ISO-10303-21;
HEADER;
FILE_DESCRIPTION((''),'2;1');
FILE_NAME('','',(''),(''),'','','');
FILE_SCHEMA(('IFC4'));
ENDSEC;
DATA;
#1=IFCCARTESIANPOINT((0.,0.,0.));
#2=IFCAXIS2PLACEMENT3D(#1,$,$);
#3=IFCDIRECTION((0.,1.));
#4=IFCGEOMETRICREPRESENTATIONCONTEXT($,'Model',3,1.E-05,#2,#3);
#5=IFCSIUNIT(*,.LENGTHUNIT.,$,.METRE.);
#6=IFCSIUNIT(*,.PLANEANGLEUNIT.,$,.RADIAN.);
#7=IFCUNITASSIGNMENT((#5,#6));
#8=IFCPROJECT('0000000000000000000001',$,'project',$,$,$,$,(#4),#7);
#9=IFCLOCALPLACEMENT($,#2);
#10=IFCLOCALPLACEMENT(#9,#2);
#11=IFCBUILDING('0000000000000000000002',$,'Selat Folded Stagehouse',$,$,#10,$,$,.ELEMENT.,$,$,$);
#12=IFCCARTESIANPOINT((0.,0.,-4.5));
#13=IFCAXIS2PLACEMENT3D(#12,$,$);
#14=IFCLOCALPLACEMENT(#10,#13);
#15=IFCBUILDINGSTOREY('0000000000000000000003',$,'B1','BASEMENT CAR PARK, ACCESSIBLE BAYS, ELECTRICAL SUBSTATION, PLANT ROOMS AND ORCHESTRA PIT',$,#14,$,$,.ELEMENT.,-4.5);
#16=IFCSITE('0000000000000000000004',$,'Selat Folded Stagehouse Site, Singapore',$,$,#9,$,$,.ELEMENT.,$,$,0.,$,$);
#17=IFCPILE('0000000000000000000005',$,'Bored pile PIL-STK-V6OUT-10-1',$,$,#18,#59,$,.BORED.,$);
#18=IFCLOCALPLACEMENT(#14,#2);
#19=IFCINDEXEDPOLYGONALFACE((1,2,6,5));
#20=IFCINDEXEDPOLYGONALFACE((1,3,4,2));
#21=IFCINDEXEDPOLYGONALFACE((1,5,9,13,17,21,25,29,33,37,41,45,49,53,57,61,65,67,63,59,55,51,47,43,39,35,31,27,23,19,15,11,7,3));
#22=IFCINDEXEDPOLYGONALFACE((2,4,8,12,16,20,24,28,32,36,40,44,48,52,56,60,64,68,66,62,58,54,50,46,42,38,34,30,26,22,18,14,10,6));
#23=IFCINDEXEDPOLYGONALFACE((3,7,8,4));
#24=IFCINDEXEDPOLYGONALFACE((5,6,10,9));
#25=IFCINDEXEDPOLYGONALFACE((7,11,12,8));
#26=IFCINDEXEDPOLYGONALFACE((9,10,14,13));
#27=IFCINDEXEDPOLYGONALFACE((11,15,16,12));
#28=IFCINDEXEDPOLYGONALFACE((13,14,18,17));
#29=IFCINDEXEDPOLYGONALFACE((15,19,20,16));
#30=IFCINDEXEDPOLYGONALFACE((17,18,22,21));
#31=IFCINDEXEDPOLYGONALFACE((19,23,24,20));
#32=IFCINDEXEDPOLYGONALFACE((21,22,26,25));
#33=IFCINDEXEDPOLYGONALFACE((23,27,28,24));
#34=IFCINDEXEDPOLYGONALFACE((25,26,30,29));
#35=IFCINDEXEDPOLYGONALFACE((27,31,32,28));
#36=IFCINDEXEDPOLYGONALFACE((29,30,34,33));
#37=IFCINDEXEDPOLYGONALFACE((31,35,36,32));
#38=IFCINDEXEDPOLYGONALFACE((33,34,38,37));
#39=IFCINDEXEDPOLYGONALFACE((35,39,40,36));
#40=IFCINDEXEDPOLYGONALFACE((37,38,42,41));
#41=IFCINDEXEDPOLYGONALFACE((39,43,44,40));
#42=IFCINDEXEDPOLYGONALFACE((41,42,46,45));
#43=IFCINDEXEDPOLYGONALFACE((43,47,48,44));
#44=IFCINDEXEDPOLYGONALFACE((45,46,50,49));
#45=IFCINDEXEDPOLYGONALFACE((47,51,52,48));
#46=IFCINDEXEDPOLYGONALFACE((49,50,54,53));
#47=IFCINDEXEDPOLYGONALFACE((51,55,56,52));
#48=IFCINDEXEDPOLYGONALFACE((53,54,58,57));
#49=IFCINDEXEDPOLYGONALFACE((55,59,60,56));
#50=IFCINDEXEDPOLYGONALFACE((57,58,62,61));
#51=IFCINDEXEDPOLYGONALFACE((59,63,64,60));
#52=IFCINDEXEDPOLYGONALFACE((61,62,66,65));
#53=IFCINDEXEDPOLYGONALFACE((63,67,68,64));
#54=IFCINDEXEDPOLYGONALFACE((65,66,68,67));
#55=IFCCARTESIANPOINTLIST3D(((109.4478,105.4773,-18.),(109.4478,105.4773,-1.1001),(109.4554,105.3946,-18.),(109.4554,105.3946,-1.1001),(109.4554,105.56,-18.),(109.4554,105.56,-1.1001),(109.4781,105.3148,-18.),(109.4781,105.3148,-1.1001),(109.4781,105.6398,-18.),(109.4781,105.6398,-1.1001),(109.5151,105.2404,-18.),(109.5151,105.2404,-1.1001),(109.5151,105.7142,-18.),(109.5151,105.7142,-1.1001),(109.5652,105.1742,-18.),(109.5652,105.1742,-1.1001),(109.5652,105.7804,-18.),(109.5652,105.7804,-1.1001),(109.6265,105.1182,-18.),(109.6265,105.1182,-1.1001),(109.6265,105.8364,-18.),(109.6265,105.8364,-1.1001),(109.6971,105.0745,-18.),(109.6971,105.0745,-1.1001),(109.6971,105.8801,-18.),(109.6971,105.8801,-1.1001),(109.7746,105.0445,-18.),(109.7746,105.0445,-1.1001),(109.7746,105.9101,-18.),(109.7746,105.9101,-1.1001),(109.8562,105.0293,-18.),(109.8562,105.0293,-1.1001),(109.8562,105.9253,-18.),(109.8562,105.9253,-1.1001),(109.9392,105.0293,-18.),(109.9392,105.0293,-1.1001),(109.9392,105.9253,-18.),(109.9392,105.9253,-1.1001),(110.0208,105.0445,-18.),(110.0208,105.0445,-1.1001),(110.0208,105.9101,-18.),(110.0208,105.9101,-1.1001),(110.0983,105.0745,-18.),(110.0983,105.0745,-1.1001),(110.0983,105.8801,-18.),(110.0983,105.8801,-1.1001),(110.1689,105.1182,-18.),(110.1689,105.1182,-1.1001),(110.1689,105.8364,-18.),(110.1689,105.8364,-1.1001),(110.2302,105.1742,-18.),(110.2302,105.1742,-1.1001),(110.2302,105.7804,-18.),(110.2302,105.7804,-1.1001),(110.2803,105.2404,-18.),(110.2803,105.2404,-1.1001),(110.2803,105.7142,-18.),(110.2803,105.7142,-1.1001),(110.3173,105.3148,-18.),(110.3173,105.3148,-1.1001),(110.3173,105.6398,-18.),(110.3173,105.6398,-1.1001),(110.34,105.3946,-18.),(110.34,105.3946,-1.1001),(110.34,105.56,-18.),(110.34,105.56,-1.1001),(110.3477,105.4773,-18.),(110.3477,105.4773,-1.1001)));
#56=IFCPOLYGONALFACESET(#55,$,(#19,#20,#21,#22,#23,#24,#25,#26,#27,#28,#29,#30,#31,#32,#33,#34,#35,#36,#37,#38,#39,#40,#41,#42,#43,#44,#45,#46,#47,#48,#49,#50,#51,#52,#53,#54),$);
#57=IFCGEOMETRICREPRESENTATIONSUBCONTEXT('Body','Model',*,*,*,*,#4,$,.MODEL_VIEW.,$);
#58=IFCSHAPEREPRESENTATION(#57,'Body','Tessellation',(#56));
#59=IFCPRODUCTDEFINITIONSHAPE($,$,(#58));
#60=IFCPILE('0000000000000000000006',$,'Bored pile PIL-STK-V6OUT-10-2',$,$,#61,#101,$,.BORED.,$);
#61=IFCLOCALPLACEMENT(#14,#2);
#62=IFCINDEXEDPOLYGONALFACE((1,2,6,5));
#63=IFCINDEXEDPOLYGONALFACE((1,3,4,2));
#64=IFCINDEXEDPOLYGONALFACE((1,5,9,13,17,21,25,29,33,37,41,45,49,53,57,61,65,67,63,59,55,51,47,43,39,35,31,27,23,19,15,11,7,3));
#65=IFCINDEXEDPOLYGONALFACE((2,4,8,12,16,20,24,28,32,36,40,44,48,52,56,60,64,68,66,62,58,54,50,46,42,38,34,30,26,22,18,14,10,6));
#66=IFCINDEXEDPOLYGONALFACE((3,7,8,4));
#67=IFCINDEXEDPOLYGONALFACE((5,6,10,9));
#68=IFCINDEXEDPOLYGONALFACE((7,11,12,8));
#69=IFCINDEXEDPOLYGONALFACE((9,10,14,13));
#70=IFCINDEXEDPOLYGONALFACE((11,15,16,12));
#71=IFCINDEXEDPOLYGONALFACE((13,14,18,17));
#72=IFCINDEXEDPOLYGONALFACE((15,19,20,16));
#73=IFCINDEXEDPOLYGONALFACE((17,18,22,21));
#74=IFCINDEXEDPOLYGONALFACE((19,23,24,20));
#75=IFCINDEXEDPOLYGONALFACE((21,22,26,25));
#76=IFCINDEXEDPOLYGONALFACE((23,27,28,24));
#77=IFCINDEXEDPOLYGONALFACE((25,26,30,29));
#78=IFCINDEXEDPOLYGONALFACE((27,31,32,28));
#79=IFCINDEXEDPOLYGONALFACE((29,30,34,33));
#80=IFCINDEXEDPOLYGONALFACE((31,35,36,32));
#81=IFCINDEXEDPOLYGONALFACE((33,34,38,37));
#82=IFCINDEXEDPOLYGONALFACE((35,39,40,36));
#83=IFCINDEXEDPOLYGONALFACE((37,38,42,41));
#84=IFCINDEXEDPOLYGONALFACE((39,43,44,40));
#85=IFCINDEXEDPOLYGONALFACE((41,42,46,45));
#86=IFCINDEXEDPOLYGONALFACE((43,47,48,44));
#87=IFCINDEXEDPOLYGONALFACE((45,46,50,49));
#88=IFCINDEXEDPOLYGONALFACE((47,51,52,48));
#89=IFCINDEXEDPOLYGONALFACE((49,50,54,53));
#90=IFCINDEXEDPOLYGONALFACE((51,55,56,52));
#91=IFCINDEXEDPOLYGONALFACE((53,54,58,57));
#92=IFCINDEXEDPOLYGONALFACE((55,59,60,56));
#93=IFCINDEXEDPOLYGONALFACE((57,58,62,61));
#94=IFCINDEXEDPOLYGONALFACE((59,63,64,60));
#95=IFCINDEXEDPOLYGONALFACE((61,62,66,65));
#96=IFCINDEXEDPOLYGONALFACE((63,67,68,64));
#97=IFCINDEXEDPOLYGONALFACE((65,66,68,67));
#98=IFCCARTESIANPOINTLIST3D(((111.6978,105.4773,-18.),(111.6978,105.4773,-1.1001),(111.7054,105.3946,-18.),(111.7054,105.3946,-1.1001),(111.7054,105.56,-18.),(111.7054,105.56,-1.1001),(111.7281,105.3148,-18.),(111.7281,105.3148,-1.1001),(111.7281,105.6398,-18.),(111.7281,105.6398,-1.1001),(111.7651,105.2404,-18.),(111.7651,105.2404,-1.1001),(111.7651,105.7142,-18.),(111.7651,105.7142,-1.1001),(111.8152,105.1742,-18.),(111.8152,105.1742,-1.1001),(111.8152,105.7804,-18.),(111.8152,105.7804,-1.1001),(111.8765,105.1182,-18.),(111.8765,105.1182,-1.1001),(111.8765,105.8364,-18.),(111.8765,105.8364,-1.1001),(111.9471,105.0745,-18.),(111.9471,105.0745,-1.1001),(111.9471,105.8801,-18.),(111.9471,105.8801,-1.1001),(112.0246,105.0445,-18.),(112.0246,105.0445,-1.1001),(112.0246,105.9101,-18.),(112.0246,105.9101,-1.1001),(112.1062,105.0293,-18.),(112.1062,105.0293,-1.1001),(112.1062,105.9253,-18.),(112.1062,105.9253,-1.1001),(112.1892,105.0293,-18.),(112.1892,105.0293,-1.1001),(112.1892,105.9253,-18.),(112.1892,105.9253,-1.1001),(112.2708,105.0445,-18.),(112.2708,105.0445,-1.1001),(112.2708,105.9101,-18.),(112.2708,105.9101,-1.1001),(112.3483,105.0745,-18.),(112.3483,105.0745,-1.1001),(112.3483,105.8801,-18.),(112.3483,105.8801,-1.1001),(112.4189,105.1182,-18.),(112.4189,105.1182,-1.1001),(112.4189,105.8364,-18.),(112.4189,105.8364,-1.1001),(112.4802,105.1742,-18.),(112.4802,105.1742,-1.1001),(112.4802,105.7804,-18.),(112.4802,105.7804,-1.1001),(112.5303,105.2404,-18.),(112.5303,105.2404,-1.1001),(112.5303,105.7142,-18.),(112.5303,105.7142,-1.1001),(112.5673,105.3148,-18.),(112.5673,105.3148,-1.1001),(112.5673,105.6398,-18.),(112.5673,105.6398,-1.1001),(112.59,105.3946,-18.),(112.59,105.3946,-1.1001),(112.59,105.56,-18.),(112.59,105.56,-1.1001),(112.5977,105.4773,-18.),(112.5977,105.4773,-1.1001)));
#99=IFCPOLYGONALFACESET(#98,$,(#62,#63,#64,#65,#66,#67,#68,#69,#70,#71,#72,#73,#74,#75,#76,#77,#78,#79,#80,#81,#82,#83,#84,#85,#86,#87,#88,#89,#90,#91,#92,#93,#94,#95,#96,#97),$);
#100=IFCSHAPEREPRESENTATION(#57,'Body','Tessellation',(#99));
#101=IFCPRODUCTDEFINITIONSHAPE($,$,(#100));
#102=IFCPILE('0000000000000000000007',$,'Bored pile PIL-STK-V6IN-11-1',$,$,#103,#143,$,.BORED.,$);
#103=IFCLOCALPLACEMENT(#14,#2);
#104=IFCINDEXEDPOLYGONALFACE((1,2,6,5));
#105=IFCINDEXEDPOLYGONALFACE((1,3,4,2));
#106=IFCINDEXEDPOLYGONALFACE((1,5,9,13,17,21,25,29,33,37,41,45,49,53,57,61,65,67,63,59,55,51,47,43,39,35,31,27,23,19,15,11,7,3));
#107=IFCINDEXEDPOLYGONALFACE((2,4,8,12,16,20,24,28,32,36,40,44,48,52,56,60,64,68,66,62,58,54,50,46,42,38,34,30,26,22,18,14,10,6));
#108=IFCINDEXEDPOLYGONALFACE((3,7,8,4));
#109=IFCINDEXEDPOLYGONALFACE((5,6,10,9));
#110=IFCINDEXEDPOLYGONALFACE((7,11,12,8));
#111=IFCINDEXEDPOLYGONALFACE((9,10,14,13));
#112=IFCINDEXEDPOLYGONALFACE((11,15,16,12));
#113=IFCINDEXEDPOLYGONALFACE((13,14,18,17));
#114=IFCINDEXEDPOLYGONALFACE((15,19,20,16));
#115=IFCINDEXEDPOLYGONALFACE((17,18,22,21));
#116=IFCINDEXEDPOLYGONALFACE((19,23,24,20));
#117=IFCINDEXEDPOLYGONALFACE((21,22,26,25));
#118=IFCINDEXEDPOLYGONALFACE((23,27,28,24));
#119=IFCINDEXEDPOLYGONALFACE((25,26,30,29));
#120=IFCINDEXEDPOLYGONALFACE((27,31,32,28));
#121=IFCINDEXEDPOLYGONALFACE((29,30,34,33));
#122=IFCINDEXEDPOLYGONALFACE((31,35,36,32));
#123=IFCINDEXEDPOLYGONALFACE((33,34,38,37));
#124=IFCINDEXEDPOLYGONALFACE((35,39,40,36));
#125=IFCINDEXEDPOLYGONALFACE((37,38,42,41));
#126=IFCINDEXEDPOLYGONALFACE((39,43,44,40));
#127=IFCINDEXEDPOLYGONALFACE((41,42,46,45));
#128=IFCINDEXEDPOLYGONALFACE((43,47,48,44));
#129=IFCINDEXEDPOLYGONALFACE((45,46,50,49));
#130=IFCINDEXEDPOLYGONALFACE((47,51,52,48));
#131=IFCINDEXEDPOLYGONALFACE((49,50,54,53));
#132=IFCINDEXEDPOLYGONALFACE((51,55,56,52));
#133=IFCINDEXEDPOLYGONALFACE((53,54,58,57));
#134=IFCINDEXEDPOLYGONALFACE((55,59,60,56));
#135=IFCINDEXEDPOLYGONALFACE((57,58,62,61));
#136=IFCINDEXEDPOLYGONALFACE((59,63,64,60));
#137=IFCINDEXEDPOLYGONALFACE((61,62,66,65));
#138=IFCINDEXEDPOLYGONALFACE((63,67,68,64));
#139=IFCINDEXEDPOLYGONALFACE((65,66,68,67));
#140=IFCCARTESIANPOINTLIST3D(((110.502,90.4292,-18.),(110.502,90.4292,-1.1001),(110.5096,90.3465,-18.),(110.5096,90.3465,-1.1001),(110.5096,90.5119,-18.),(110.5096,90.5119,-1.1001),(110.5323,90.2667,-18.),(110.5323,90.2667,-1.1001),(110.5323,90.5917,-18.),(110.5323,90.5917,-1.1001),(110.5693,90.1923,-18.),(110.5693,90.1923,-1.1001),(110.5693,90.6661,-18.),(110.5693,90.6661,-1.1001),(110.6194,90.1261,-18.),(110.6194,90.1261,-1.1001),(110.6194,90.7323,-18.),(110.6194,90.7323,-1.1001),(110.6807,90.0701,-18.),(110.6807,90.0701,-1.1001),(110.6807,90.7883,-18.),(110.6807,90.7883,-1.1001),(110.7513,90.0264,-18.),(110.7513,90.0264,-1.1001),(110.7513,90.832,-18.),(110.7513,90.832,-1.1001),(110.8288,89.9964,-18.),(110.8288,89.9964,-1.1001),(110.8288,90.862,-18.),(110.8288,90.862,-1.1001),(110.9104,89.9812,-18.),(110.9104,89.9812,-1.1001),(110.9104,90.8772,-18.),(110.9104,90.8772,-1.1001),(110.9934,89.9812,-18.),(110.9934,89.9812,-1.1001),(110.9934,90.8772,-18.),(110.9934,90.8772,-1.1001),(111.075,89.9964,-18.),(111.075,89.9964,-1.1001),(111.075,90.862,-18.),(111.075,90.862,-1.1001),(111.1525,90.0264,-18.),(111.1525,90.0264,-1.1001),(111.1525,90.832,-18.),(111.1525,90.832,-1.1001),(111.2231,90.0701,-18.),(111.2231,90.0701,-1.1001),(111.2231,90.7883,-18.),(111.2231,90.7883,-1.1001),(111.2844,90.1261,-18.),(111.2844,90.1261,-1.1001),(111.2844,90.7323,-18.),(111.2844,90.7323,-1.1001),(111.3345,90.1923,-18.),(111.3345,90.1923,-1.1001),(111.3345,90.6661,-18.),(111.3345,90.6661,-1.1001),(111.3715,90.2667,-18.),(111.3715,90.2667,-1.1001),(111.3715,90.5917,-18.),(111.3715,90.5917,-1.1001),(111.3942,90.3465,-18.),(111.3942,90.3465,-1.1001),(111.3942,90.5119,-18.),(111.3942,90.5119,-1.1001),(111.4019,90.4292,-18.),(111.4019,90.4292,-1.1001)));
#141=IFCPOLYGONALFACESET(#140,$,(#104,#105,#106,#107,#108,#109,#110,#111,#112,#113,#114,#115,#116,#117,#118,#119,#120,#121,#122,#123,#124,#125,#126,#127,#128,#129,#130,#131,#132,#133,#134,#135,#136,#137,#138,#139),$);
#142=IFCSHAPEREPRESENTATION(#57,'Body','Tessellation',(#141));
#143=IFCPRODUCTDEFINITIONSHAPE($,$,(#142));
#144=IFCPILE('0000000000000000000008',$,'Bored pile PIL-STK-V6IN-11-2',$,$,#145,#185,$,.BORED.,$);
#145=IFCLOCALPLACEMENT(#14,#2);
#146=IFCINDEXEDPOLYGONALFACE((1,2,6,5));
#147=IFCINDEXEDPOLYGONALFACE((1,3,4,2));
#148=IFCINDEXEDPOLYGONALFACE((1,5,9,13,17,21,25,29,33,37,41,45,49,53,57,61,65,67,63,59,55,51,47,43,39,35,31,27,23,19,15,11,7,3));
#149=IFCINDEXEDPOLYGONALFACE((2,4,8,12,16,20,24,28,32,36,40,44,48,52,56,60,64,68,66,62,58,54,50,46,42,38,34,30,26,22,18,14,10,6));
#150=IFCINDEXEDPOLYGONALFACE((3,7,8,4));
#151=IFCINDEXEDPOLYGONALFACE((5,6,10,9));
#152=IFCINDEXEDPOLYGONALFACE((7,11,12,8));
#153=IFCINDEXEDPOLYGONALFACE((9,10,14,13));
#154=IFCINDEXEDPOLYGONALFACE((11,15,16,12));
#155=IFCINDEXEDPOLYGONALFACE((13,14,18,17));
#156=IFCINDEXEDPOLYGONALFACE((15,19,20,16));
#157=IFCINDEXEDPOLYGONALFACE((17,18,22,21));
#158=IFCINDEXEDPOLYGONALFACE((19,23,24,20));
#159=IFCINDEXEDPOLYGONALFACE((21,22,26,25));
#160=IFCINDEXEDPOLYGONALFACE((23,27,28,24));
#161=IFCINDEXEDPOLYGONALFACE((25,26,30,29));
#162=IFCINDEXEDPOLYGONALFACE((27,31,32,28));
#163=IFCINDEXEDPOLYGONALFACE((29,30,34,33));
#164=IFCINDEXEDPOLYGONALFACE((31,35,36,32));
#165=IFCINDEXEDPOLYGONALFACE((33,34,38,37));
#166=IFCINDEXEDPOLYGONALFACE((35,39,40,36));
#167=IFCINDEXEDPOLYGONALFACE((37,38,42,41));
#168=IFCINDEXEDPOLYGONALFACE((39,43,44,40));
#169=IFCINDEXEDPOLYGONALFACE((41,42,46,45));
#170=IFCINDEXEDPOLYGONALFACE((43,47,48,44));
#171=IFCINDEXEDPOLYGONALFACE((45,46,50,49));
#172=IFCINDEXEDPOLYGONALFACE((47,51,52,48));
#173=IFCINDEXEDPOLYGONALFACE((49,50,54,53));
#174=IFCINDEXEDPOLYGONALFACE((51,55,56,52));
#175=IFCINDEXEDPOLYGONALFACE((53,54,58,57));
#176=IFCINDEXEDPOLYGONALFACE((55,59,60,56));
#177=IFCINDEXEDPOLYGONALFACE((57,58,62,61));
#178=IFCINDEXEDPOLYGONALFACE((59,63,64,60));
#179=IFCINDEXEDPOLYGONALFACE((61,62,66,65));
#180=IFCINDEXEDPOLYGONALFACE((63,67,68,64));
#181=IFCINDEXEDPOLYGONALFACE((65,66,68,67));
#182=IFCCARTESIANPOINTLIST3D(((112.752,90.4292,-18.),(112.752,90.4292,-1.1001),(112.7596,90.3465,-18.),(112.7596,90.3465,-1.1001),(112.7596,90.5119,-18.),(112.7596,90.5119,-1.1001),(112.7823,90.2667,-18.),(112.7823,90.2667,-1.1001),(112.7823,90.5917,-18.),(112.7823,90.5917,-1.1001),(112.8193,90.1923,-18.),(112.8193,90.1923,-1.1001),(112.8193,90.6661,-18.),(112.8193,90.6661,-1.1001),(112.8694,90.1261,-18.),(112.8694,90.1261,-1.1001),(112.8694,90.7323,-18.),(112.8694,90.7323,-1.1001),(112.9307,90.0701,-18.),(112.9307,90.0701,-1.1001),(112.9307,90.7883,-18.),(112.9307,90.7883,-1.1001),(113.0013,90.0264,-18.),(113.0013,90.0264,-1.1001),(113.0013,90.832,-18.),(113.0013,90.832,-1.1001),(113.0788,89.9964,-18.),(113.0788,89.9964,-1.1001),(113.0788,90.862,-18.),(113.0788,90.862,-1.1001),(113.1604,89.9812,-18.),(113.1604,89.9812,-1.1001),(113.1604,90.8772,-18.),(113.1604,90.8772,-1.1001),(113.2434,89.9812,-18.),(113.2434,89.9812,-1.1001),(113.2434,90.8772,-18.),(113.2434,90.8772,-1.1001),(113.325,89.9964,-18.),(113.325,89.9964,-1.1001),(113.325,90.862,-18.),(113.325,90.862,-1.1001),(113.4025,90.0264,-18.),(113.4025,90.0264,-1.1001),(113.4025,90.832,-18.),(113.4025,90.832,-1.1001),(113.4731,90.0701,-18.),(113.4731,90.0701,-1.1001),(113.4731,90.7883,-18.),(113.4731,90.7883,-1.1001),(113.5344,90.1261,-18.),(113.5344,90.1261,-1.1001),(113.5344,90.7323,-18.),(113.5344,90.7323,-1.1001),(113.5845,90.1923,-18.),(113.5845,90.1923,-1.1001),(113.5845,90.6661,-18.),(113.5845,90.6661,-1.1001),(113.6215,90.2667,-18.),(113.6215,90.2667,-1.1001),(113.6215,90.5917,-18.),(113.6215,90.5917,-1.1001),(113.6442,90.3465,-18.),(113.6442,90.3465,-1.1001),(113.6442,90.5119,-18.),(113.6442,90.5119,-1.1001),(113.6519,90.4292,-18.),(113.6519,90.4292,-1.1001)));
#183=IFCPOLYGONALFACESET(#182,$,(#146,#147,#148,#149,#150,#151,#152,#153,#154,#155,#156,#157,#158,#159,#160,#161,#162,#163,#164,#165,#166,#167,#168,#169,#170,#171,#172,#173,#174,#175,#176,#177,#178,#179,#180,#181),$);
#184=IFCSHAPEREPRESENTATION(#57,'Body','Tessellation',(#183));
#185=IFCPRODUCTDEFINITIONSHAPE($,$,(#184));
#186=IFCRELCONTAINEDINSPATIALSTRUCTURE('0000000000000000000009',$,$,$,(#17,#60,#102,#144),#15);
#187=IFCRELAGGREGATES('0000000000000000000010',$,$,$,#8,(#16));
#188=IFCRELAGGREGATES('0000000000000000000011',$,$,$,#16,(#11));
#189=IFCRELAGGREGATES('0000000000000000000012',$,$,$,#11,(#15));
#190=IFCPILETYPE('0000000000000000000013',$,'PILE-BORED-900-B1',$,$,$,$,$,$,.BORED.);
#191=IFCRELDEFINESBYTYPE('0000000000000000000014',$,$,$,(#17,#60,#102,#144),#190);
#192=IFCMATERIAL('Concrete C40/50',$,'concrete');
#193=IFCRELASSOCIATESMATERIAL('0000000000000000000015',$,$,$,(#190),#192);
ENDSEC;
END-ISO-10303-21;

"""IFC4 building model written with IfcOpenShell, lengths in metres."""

from ifc_helpers import new_model, si_unit, direction, frame, origin, origin_2d, place, context, subcontext, project, spatial, circle, extrude, material, material_profile, profile_set, type_object, element, save


model = new_model("IFC4")

# Units and contexts
model_context = context("Model", 3, precision=1e-05, world=origin(), true_north=direction((0.0, 1.0)))
body_context = subcontext(model_context, "Body", "Model", "MODEL_VIEW")
ifc_project = project(units=[si_unit("LENGTHUNIT", "METRE"), si_unit("PLANEANGLEUNIT", "RADIAN")], contexts=[model_context])

# Site, building, storey
site_placement = place(None, origin())
site = spatial("IfcSite", under=ifc_project, at=site_placement, Name="Selat Folded Stagehouse Site, Singapore", CompositionType="ELEMENT", RefElevation=0.0)
building_placement = place(site_placement, origin())
building = spatial("IfcBuilding", under=site, at=building_placement, Name="Selat Folded Stagehouse", CompositionType="ELEMENT")
storey_placement = place(building_placement, frame((0.0, 0.0, -4.5)))
storey = spatial("IfcBuildingStorey", under=building, at=storey_placement, Name="B1", Description="BASEMENT CAR PARK, ACCESSIBLE BAYS, ELECTRICAL SUBSTATION, PLANT ROOMS AND ORCHESTRA PIT", CompositionType="ELEMENT", Elevation=-4.5)

# Shared definitions
ifc_material_1 = material(Name="Concrete C40/50", Category="concrete")

# Piles
ifc_material_profile_1 = material_profile(ifc_material_1, circle(Radius=0.45, at=origin_2d()), Name="PILE D900")
ifc_profile_set_1 = profile_set([ifc_material_profile_1], Name="Concrete C40/50")
pile_type = type_object("IfcPileType", Name="PILE-BORED-900-B1", PredefinedType="BORED", material=ifc_profile_set_1)
for number, where, z_axis, x_axis, name in (
    (1, (109.8977, 105.4773, -1.1001), (0.0, 0.0, -1.0), (1.0, 0.0, 0.0), "Bored pile PIL-STK-V6OUT-10-1"),
    (2, (112.1477, 105.4773, -1.1001), (0.0, 0.0, -1.0), (1.0, 0.0, 0.0), "Bored pile PIL-STK-V6OUT-10-2"),
    (3, (110.9519, 90.4292, -1.1001), (0.0, 0.0, -1.0), (1.0, 0.0, 0.0), "Bored pile PIL-STK-V6IN-11-1"),
    (4, (113.2019, 90.4292, -1.1001), (0.0, 0.0, -1.0), (1.0, 0.0, 0.0), "Bored pile PIL-STK-V6IN-11-2"),
):
    element("IfcPile", number, at=place(storey_placement, frame(where, z_axis=z_axis, x_axis=x_axis)), inside=storey, type_object=pile_type, Name=name, PredefinedType="BORED", context=body_context, shape_type="SweptSolid", body=[
        extrude(circle(Radius=0.45, at=origin_2d()), origin(), (0.0, 0.0, 1.0), 16.8999),
    ])

save(model, "model.ifc")
